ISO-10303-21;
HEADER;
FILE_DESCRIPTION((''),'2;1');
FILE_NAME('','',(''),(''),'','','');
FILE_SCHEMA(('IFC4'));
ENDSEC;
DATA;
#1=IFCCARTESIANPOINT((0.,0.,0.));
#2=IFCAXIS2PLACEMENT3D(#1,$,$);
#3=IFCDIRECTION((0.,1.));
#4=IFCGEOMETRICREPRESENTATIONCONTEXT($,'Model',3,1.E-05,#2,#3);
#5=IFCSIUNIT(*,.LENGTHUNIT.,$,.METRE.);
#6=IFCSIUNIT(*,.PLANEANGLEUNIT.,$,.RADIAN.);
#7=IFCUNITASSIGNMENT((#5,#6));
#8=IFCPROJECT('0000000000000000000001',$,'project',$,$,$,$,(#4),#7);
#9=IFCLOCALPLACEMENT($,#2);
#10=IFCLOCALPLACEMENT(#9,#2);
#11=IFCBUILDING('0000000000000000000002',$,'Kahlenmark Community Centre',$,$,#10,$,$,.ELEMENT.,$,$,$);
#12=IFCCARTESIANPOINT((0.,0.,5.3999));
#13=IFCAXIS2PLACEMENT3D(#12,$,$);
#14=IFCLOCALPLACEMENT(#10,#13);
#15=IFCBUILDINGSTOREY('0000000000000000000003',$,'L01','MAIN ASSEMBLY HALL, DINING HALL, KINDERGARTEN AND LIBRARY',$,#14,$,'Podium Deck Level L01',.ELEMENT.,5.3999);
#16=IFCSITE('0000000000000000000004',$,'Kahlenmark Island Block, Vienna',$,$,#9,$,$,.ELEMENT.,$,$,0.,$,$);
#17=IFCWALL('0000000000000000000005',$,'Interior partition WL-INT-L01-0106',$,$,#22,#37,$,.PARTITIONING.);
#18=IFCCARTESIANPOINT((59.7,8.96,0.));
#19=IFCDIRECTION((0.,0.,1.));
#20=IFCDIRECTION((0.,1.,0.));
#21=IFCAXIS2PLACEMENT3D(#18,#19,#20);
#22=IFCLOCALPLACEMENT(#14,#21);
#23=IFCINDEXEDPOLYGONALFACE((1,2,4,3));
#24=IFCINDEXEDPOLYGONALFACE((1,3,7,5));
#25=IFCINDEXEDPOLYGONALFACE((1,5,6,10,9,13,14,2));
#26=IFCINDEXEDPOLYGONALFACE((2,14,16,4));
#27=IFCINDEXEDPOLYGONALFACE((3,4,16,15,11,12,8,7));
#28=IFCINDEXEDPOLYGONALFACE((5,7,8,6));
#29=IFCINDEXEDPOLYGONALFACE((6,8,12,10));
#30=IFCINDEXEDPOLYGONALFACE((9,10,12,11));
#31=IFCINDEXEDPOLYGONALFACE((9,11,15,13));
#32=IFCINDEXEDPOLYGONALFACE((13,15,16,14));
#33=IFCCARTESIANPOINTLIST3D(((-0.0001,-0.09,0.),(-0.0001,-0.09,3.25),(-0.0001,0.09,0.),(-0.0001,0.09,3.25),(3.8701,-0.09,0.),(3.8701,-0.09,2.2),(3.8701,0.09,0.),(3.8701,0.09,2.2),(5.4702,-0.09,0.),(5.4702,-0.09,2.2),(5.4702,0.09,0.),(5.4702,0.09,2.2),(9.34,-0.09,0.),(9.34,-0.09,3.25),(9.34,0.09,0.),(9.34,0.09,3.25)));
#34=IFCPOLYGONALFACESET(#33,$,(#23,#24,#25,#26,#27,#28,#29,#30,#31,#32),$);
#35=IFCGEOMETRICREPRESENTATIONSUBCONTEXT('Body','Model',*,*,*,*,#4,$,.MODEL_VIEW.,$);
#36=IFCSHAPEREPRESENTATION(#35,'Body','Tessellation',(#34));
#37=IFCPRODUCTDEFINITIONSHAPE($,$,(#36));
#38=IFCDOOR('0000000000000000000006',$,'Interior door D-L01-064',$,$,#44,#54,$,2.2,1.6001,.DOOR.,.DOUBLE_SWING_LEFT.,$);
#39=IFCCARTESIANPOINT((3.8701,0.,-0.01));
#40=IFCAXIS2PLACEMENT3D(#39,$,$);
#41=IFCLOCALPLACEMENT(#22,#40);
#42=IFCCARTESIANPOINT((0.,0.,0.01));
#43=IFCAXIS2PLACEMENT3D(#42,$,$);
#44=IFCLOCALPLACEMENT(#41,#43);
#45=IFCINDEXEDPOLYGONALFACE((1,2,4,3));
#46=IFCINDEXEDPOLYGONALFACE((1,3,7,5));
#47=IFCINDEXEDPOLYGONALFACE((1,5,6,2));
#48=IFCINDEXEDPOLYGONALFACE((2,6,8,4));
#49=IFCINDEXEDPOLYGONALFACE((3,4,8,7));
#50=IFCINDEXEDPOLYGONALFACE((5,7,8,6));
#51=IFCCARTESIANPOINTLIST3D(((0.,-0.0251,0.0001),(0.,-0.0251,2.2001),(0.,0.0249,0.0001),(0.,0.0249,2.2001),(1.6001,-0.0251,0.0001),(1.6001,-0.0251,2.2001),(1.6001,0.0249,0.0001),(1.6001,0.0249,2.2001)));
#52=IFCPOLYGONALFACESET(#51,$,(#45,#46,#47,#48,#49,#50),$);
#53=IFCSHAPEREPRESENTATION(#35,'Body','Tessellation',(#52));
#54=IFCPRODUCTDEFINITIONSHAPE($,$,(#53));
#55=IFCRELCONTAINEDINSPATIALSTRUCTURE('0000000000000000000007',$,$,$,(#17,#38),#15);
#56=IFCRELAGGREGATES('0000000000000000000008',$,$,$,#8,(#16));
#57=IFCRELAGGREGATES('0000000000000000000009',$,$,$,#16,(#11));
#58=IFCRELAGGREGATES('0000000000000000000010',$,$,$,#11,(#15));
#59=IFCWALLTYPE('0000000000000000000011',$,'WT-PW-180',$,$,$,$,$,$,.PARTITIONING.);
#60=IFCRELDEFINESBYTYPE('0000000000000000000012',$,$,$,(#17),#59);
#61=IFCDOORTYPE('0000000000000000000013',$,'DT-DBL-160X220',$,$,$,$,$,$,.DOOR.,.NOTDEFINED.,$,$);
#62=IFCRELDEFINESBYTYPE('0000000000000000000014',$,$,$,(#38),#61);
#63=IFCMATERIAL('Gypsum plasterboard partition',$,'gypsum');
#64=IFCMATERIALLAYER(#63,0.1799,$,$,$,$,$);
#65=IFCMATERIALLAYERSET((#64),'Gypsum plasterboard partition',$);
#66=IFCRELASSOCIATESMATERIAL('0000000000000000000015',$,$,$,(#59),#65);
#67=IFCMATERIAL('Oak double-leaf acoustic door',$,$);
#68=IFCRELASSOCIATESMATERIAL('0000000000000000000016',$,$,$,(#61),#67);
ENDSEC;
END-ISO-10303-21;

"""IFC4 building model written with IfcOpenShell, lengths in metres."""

from ifc_helpers import new_model, si_unit, direction, frame, frame_2d, origin, place, context, subcontext, project, spatial, rectangle, extrude, material, layer, layer_set, type_object, element, fill, save


model = new_model("IFC4")

# Units and contexts
model_context = context("Model", 3, precision=1e-05, world=origin(), true_north=direction((0.0, 1.0)))
body_context = subcontext(model_context, "Body", "Model", "MODEL_VIEW")
ifc_project = project(units=[si_unit("LENGTHUNIT", "METRE"), si_unit("PLANEANGLEUNIT", "RADIAN")], contexts=[model_context])

# Site, building, storey
site_placement = place(None, origin())
site = spatial("IfcSite", under=ifc_project, at=site_placement, Name="Kahlenmark Island Block, Vienna", CompositionType="ELEMENT", RefElevation=0.0)
building_placement = place(site_placement, origin())
building = spatial("IfcBuilding", under=site, at=building_placement, Name="Kahlenmark Community Centre", CompositionType="ELEMENT")
storey_placement = place(building_placement, frame((0.0, 0.0, 5.3999)))
storey = spatial("IfcBuildingStorey", under=building, at=storey_placement, Name="L01", Description="MAIN ASSEMBLY HALL, DINING HALL, KINDERGARTEN AND LIBRARY", LongName="Podium Deck Level L01", CompositionType="ELEMENT", Elevation=5.3999)

# Wall, opening, door
ifc_material_1 = material(Name="Gypsum plasterboard partition", Category="gypsum")
ifc_layer_1 = layer(ifc_material_1, 0.1799)
ifc_layer_set_1 = layer_set([ifc_layer_1], Name="Gypsum plasterboard partition")
wall_type_1 = type_object("IfcWallType", Name="WT-PW-180", PredefinedType="PARTITIONING", material=ifc_layer_set_1)
wall_1_placement = place(storey_placement, frame((59.7, 8.96, 0.0), z_axis=(0.0, 0.0, 1.0), x_axis=(0.0, 1.0, 0.0)))
wall_1 = element("IfcWall", 1, at=wall_1_placement, inside=storey, type_object=wall_type_1, Name="Interior partition WL-INT-L01-0106", PredefinedType="PARTITIONING", context=body_context, shape_type="SweptSolid", body=[
    extrude(rectangle(XDim=9.3401, YDim=0.1799, at=frame_2d((4.6699, 0.0))), origin(), (0.0, 0.0, 1.0), 3.25),
])
opening_1_placement = place(wall_1_placement, frame((3.8701, 0.0, -0.01)))
opening_1 = element("IfcOpeningElement", 2, at=opening_1_placement, cuts=wall_1, PredefinedType="OPENING", context=body_context, shape_type="SweptSolid", body=[
    extrude(rectangle(XDim=1.6001, YDim=2.21, at=frame_2d((0.8, 1.105))), frame((0.0, 0.0999, 0.0), z_axis=(0.0, -1.0, 0.0), x_axis=(1.0, 0.0, 0.0)), (0.0, 0.0, 1.0), 0.2),
])
ifc_material_2 = material(Name="Oak double-leaf acoustic door")
door_type_1 = type_object("IfcDoorType", Name="DT-DBL-160X220", OperationType="NOTDEFINED", PredefinedType="DOOR", material=ifc_material_2)
door_1_placement = place(opening_1_placement, frame((0.0, 0.0, 0.01)))
door_1 = element("IfcDoor", 3, at=door_1_placement, inside=storey, type_object=door_type_1, Name="Interior door D-L01-064", OperationType="DOUBLE_SWING_LEFT", OverallHeight=2.2, OverallWidth=1.6001, PredefinedType="DOOR", context=body_context, shape_type="SweptSolid", body=[
    extrude(rectangle(XDim=1.6001, YDim=2.2, at=frame_2d((0.8, 1.1001))), frame((0.0, 0.0249, 0.0), z_axis=(0.0, -1.0, 0.0), x_axis=(1.0, 0.0, 0.0)), (0.0, 0.0, 1.0), 0.05),
])
fill(opening_1, door_1)

save(model, "model.ifc")
